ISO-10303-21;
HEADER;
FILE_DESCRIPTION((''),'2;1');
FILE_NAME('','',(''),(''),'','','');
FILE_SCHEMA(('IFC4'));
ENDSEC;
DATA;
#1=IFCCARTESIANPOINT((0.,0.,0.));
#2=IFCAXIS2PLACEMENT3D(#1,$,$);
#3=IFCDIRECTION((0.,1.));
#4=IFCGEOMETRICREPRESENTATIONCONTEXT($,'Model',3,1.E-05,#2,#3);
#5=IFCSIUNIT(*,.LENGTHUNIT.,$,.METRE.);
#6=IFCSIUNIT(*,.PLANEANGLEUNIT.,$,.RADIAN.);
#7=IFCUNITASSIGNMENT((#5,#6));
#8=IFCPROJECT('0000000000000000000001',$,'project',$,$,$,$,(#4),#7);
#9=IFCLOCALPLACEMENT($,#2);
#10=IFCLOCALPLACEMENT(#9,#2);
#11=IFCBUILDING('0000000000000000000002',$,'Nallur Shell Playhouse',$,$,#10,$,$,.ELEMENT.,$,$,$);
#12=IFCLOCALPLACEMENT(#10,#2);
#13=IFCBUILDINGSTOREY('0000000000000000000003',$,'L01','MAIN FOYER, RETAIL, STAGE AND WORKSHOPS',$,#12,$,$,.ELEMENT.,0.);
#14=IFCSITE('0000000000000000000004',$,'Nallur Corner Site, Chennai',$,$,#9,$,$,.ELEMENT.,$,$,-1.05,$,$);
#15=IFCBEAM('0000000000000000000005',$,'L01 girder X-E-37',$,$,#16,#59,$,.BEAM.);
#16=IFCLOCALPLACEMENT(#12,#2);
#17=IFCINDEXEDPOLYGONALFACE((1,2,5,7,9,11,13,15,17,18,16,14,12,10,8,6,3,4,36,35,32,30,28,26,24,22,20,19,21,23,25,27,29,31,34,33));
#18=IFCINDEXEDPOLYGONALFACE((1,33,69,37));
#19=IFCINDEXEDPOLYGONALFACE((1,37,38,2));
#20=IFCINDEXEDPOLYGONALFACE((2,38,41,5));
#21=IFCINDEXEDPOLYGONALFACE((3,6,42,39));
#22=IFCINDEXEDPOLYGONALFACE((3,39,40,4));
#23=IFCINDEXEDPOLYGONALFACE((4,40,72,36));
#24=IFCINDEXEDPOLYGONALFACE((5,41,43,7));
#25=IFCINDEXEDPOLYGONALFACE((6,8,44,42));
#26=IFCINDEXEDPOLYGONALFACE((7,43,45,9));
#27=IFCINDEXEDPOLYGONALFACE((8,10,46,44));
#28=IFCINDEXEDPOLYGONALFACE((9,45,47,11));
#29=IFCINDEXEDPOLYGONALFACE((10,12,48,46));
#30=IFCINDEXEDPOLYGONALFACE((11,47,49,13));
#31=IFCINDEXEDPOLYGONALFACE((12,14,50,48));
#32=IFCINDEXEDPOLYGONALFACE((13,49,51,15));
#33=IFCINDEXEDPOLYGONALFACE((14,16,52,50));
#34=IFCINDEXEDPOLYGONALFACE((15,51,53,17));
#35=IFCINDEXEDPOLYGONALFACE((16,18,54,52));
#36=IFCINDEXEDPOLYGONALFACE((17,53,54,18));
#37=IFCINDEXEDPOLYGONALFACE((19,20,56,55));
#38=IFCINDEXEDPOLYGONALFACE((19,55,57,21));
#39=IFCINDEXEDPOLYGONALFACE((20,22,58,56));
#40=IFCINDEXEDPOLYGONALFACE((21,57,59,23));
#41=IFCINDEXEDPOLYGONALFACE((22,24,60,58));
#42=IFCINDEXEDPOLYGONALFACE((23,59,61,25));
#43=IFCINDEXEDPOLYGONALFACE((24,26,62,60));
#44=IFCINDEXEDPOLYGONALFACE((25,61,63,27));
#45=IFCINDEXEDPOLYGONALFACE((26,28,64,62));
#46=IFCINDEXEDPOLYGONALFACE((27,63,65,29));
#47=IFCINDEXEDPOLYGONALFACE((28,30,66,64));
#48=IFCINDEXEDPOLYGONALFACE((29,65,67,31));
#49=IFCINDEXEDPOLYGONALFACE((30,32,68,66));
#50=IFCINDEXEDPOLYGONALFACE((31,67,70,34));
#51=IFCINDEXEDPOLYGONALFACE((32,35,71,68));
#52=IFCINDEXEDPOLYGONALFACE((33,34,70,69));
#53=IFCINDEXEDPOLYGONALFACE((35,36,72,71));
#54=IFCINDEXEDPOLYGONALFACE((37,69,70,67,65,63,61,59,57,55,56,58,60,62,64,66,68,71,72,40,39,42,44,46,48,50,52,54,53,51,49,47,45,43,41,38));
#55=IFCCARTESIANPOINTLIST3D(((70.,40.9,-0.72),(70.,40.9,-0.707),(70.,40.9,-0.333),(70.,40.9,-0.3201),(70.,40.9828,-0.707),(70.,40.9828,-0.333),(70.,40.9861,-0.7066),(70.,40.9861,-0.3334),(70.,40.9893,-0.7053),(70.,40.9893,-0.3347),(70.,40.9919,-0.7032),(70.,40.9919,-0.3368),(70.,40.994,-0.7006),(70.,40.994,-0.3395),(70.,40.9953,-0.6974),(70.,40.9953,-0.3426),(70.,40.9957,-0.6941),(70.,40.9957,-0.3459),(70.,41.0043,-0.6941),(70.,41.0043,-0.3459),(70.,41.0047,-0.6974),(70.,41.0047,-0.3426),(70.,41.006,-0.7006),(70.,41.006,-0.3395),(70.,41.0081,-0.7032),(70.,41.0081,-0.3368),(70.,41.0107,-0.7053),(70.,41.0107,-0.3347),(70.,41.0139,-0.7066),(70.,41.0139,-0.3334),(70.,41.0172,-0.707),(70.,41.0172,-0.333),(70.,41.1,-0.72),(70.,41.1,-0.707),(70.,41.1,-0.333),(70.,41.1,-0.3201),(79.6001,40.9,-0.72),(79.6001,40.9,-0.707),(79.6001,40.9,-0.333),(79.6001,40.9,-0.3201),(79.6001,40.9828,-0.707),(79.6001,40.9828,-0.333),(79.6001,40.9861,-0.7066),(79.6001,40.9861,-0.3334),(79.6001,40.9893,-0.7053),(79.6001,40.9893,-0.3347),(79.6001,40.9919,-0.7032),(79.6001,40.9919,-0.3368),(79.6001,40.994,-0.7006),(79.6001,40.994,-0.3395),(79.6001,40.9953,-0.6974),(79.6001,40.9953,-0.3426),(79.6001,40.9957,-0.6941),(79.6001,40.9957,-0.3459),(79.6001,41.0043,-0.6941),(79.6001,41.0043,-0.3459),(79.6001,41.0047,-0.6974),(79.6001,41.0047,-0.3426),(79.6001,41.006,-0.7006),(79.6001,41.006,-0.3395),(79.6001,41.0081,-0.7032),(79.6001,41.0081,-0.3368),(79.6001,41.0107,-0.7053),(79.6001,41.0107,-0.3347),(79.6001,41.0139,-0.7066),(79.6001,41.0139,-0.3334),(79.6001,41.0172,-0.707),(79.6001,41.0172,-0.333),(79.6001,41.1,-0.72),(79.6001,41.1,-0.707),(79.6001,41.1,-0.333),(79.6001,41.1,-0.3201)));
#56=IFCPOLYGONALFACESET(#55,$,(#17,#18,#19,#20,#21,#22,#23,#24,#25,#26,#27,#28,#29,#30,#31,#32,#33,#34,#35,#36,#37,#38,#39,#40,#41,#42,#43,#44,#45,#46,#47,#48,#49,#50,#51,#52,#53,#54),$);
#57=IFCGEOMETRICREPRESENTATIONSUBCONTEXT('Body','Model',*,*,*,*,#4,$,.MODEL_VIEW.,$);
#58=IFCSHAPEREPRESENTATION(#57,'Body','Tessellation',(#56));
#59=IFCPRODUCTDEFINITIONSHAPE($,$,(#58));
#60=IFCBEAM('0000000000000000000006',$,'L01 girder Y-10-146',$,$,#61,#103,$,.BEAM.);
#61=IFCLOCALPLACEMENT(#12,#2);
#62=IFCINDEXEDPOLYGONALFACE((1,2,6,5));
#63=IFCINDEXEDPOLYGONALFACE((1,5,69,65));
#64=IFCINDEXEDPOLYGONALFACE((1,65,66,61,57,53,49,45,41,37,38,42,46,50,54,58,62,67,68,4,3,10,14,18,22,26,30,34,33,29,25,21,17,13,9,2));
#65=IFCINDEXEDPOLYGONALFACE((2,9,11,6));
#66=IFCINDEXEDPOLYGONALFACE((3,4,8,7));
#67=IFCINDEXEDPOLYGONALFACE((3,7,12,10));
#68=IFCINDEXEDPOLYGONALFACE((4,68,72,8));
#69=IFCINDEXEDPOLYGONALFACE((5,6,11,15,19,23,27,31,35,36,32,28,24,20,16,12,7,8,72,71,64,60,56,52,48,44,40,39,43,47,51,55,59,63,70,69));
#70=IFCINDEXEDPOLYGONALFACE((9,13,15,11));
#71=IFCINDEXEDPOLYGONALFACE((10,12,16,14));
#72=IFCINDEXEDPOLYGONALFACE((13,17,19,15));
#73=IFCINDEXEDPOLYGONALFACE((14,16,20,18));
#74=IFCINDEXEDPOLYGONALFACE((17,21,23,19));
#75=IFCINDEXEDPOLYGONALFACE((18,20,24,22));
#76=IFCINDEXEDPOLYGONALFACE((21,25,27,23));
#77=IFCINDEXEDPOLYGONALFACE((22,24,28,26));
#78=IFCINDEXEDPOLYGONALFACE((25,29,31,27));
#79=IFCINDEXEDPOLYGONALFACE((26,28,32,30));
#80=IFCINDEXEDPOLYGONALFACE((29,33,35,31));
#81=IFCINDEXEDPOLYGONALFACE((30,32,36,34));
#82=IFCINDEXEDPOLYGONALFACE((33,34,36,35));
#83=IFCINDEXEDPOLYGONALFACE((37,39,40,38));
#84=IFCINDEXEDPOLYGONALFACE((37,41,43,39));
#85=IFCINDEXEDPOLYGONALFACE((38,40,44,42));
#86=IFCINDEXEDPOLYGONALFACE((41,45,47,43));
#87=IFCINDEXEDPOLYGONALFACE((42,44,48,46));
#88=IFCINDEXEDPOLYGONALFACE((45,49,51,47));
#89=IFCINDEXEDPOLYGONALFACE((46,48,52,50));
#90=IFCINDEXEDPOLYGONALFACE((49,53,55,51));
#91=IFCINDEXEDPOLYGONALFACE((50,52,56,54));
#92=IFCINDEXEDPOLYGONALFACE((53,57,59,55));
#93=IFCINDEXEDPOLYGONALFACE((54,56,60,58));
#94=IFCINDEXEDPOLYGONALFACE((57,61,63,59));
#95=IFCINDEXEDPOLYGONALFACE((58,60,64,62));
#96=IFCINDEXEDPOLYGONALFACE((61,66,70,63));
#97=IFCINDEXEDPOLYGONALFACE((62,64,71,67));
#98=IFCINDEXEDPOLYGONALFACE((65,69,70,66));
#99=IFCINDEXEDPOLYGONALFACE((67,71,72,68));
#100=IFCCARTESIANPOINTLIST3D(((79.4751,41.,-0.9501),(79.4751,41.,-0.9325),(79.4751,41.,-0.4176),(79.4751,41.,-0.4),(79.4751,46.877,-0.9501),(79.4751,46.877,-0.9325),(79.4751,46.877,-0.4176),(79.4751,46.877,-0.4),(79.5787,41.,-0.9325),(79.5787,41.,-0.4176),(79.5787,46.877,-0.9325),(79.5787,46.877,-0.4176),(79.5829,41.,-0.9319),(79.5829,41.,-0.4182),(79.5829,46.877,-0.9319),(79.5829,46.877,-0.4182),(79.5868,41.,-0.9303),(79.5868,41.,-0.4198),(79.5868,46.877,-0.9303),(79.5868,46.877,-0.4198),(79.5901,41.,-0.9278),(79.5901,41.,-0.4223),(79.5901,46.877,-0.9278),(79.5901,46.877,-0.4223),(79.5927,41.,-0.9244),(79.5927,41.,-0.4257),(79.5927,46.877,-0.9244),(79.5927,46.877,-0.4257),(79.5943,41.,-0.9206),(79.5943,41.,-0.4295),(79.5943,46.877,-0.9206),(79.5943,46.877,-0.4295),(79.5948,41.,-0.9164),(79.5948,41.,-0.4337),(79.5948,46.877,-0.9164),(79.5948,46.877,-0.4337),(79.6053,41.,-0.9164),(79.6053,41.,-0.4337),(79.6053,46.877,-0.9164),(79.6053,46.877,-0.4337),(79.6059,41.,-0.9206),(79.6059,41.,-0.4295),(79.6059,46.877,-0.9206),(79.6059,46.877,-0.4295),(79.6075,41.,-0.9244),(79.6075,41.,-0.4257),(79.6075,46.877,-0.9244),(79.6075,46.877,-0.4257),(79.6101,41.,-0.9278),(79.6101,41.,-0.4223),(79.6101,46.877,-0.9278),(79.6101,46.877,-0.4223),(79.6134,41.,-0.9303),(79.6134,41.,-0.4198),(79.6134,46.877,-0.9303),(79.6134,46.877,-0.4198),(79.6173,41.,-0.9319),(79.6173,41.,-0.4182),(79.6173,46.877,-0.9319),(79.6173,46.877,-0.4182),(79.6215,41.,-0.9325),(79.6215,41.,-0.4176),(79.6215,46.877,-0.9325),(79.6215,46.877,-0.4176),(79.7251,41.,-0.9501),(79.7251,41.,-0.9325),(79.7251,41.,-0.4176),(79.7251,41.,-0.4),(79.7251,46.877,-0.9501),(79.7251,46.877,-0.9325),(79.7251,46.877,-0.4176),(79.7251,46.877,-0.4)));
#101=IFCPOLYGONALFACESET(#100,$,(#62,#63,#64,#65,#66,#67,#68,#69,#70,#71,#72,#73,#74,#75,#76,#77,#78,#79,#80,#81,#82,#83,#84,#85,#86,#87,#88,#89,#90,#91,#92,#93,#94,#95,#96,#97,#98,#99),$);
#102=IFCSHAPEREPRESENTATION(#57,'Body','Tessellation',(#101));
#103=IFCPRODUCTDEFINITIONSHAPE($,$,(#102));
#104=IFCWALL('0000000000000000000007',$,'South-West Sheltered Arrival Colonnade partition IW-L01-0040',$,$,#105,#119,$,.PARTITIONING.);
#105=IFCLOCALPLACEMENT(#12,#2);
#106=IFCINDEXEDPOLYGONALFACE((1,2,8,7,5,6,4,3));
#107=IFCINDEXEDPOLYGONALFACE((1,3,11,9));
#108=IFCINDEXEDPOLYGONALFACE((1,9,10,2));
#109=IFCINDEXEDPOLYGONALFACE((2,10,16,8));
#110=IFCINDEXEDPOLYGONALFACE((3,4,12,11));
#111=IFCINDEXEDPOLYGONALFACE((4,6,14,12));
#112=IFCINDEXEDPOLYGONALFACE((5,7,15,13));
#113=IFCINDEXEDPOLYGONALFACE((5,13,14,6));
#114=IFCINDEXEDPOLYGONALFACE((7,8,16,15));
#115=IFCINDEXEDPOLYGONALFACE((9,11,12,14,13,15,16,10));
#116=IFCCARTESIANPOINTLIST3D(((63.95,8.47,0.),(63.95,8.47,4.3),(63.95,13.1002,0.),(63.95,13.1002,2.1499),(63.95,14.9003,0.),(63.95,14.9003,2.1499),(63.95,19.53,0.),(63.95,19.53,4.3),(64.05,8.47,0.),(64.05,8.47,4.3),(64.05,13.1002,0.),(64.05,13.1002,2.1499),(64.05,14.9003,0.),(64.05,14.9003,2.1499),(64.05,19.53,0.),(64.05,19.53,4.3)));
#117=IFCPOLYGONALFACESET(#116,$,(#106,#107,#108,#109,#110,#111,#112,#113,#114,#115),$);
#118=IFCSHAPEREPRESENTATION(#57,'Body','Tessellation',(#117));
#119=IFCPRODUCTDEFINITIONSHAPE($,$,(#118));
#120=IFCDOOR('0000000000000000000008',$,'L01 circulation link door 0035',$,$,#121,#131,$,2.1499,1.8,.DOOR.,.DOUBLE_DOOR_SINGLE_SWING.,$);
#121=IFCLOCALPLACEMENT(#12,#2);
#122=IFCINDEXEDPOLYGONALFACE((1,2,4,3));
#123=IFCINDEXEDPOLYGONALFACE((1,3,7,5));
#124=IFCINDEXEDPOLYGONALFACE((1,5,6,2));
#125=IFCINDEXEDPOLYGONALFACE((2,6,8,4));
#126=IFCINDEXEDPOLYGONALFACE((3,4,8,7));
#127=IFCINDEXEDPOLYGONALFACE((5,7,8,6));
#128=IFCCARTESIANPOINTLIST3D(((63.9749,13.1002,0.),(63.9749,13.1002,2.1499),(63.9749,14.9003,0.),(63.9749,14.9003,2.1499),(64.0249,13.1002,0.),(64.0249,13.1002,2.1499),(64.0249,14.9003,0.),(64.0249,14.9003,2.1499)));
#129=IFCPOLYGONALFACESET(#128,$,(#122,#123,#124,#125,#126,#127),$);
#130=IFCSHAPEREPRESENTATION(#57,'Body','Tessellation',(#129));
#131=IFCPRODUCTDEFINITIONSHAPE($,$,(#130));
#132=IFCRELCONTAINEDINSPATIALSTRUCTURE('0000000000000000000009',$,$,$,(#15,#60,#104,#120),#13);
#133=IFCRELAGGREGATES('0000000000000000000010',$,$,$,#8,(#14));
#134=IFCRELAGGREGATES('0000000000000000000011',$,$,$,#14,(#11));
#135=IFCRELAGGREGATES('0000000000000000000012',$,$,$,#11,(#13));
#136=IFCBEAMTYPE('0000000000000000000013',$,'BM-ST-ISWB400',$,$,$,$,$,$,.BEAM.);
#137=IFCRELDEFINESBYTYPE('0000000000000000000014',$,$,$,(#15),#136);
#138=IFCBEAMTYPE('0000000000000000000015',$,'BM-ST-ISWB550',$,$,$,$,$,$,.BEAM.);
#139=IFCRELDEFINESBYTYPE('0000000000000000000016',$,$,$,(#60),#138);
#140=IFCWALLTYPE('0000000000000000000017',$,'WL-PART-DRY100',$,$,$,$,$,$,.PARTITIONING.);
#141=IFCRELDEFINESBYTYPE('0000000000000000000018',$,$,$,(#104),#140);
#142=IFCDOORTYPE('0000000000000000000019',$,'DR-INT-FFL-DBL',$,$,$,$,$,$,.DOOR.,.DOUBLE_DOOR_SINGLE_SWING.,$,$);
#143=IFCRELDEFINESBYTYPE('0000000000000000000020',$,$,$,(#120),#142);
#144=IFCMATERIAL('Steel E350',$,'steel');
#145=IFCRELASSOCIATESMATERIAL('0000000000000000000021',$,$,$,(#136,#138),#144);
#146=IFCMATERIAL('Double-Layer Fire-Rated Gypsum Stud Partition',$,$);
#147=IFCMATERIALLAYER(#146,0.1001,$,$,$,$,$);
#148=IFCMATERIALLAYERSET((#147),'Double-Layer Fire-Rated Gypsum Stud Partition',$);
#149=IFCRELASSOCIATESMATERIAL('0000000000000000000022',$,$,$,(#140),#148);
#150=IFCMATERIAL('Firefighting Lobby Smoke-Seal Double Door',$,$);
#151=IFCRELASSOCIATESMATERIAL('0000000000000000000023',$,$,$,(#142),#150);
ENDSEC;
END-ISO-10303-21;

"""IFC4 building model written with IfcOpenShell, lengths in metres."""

from ifc_helpers import new_model, si_unit, direction, frame, frame_2d, origin, origin_2d, place, context, subcontext, project, spatial, rectangle, i_section, extrude, material, layer, layer_set, material_profile, profile_set, type_object, element, fill, save


model = new_model("IFC4")

# Units and contexts
model_context = context("Model", 3, precision=1e-05, world=origin(), true_north=direction((0.0, 1.0)))
body_context = subcontext(model_context, "Body", "Model", "MODEL_VIEW")
ifc_project = project(units=[si_unit("LENGTHUNIT", "METRE"), si_unit("PLANEANGLEUNIT", "RADIAN")], contexts=[model_context])

# Site, building, storey
site_placement = place(None, origin())
site = spatial("IfcSite", under=ifc_project, at=site_placement, Name="Nallur Corner Site, Chennai", CompositionType="ELEMENT", RefElevation=-1.05)
building_placement = place(site_placement, origin())
building = spatial("IfcBuilding", under=site, at=building_placement, Name="Nallur Shell Playhouse", CompositionType="ELEMENT")
storey_placement = place(building_placement, origin())
storey = spatial("IfcBuildingStorey", under=building, at=storey_placement, Name="L01", Description="MAIN FOYER, RETAIL, STAGE AND WORKSHOPS", CompositionType="ELEMENT", Elevation=0.0)

# Beams
ifc_material_1 = material(Name="Steel E350", Category="steel")
ifc_material_profile_1 = material_profile(ifc_material_1, i_section(OverallWidth=0.2, OverallDepth=0.3999, WebThickness=0.0085, FlangeThickness=0.0129, FilletRadius=0.0129, at=origin_2d()), Name="ISWB 400")
ifc_profile_set_1 = profile_set([ifc_material_profile_1], Name="Steel E350")
beam_type_1 = type_object("IfcBeamType", Name="BM-ST-ISWB400", PredefinedType="BEAM", material=ifc_profile_set_1)
beam_1_placement = place(storey_placement, frame((70.0, 41.0, -0.52), z_axis=(1.0, 0.0, 0.0), x_axis=(0.0, 1.0, 0.0)))
element("IfcBeam", 1, at=beam_1_placement, inside=storey, type_object=beam_type_1, Name="L01 girder X-E-37", PredefinedType="BEAM", context=body_context, shape_type="SweptSolid", body=[
    extrude(i_section(OverallWidth=0.2, OverallDepth=0.3999, WebThickness=0.0085, FlangeThickness=0.0129, FilletRadius=0.0129, at=origin_2d()), origin(), (0.0, 0.0, 1.0), 9.6001),
])
ifc_material_profile_2 = material_profile(ifc_material_1, i_section(OverallWidth=0.25, OverallDepth=0.55, WebThickness=0.0105, FlangeThickness=0.0176, FilletRadius=0.0161, at=origin_2d()), Name="ISWB 550")
ifc_profile_set_2 = profile_set([ifc_material_profile_2], Name="Steel E350")
beam_type_2 = type_object("IfcBeamType", Name="BM-ST-ISWB550", PredefinedType="BEAM", material=ifc_profile_set_2)
beam_2_placement = place(storey_placement, frame((79.6001, 41.0, -0.675), z_axis=(0.0, 1.0, 0.0), x_axis=(-1.0, 0.0, 0.0)))
element("IfcBeam", 2, at=beam_2_placement, inside=storey, type_object=beam_type_2, Name="L01 girder Y-10-146", PredefinedType="BEAM", context=body_context, shape_type="SweptSolid", body=[
    extrude(i_section(OverallWidth=0.25, OverallDepth=0.55, WebThickness=0.0105, FlangeThickness=0.0176, FilletRadius=0.0161, at=origin_2d()), origin(), (0.0, 0.0, 1.0), 5.877),
])

# Wall, opening, door
ifc_material_2 = material(Name="Double-Layer Fire-Rated Gypsum Stud Partition")
ifc_layer = layer(ifc_material_2, 0.1001)
ifc_layer_set = layer_set([ifc_layer], Name="Double-Layer Fire-Rated Gypsum Stud Partition")
wall_type = type_object("IfcWallType", Name="WL-PART-DRY100", PredefinedType="PARTITIONING", material=ifc_layer_set)
wall_placement = place(storey_placement, frame((64.0, 19.53, 0.0), z_axis=(0.0, 0.0, 1.0), x_axis=(0.0, -1.0, 0.0)))
wall = element("IfcWall", 3, at=wall_placement, inside=storey, type_object=wall_type, Name="South-West Sheltered Arrival Colonnade partition IW-L01-0040", PredefinedType="PARTITIONING", context=body_context, shape_type="SweptSolid", body=[
    extrude(rectangle(XDim=11.0601, YDim=0.1001, at=frame_2d((5.53, 0.0))), origin(), (0.0, 0.0, 1.0), 4.3),
])
opening_placement = place(wall_placement, frame((4.6299, 0.0, 0.0)))
opening = element("IfcOpeningElement", 4, at=opening_placement, cuts=wall, PredefinedType="OPENING", context=body_context, shape_type="SweptSolid", body=[
    extrude(rectangle(XDim=1.8, YDim=2.1499, at=frame_2d((0.8999, 1.075))), frame((0.0, 0.0601, 0.0), z_axis=(0.0, -1.0, 0.0), x_axis=(1.0, 0.0, 0.0)), (0.0, 0.0, 1.0), 0.1201),
])
ifc_material_3 = material(Name="Firefighting Lobby Smoke-Seal Double Door")
door_type = type_object("IfcDoorType", Name="DR-INT-FFL-DBL", OperationType="DOUBLE_DOOR_SINGLE_SWING", PredefinedType="DOOR", material=ifc_material_3)
door_placement = place(opening_placement, origin())
door = element("IfcDoor", 5, at=door_placement, inside=storey, type_object=door_type, Name="L01 circulation link door 0035", OperationType="DOUBLE_DOOR_SINGLE_SWING", OverallHeight=2.1499, OverallWidth=1.8, PredefinedType="DOOR", context=body_context, shape_type="SweptSolid", body=[
    extrude(rectangle(XDim=1.8, YDim=2.1499, at=frame_2d((0.8999, 1.075))), frame((0.0, 0.0249, 0.0), z_axis=(0.0, -1.0, 0.0), x_axis=(1.0, 0.0, 0.0)), (0.0, 0.0, 1.0), 0.05),
])
fill(opening, door)

save(model, "model.ifc")
